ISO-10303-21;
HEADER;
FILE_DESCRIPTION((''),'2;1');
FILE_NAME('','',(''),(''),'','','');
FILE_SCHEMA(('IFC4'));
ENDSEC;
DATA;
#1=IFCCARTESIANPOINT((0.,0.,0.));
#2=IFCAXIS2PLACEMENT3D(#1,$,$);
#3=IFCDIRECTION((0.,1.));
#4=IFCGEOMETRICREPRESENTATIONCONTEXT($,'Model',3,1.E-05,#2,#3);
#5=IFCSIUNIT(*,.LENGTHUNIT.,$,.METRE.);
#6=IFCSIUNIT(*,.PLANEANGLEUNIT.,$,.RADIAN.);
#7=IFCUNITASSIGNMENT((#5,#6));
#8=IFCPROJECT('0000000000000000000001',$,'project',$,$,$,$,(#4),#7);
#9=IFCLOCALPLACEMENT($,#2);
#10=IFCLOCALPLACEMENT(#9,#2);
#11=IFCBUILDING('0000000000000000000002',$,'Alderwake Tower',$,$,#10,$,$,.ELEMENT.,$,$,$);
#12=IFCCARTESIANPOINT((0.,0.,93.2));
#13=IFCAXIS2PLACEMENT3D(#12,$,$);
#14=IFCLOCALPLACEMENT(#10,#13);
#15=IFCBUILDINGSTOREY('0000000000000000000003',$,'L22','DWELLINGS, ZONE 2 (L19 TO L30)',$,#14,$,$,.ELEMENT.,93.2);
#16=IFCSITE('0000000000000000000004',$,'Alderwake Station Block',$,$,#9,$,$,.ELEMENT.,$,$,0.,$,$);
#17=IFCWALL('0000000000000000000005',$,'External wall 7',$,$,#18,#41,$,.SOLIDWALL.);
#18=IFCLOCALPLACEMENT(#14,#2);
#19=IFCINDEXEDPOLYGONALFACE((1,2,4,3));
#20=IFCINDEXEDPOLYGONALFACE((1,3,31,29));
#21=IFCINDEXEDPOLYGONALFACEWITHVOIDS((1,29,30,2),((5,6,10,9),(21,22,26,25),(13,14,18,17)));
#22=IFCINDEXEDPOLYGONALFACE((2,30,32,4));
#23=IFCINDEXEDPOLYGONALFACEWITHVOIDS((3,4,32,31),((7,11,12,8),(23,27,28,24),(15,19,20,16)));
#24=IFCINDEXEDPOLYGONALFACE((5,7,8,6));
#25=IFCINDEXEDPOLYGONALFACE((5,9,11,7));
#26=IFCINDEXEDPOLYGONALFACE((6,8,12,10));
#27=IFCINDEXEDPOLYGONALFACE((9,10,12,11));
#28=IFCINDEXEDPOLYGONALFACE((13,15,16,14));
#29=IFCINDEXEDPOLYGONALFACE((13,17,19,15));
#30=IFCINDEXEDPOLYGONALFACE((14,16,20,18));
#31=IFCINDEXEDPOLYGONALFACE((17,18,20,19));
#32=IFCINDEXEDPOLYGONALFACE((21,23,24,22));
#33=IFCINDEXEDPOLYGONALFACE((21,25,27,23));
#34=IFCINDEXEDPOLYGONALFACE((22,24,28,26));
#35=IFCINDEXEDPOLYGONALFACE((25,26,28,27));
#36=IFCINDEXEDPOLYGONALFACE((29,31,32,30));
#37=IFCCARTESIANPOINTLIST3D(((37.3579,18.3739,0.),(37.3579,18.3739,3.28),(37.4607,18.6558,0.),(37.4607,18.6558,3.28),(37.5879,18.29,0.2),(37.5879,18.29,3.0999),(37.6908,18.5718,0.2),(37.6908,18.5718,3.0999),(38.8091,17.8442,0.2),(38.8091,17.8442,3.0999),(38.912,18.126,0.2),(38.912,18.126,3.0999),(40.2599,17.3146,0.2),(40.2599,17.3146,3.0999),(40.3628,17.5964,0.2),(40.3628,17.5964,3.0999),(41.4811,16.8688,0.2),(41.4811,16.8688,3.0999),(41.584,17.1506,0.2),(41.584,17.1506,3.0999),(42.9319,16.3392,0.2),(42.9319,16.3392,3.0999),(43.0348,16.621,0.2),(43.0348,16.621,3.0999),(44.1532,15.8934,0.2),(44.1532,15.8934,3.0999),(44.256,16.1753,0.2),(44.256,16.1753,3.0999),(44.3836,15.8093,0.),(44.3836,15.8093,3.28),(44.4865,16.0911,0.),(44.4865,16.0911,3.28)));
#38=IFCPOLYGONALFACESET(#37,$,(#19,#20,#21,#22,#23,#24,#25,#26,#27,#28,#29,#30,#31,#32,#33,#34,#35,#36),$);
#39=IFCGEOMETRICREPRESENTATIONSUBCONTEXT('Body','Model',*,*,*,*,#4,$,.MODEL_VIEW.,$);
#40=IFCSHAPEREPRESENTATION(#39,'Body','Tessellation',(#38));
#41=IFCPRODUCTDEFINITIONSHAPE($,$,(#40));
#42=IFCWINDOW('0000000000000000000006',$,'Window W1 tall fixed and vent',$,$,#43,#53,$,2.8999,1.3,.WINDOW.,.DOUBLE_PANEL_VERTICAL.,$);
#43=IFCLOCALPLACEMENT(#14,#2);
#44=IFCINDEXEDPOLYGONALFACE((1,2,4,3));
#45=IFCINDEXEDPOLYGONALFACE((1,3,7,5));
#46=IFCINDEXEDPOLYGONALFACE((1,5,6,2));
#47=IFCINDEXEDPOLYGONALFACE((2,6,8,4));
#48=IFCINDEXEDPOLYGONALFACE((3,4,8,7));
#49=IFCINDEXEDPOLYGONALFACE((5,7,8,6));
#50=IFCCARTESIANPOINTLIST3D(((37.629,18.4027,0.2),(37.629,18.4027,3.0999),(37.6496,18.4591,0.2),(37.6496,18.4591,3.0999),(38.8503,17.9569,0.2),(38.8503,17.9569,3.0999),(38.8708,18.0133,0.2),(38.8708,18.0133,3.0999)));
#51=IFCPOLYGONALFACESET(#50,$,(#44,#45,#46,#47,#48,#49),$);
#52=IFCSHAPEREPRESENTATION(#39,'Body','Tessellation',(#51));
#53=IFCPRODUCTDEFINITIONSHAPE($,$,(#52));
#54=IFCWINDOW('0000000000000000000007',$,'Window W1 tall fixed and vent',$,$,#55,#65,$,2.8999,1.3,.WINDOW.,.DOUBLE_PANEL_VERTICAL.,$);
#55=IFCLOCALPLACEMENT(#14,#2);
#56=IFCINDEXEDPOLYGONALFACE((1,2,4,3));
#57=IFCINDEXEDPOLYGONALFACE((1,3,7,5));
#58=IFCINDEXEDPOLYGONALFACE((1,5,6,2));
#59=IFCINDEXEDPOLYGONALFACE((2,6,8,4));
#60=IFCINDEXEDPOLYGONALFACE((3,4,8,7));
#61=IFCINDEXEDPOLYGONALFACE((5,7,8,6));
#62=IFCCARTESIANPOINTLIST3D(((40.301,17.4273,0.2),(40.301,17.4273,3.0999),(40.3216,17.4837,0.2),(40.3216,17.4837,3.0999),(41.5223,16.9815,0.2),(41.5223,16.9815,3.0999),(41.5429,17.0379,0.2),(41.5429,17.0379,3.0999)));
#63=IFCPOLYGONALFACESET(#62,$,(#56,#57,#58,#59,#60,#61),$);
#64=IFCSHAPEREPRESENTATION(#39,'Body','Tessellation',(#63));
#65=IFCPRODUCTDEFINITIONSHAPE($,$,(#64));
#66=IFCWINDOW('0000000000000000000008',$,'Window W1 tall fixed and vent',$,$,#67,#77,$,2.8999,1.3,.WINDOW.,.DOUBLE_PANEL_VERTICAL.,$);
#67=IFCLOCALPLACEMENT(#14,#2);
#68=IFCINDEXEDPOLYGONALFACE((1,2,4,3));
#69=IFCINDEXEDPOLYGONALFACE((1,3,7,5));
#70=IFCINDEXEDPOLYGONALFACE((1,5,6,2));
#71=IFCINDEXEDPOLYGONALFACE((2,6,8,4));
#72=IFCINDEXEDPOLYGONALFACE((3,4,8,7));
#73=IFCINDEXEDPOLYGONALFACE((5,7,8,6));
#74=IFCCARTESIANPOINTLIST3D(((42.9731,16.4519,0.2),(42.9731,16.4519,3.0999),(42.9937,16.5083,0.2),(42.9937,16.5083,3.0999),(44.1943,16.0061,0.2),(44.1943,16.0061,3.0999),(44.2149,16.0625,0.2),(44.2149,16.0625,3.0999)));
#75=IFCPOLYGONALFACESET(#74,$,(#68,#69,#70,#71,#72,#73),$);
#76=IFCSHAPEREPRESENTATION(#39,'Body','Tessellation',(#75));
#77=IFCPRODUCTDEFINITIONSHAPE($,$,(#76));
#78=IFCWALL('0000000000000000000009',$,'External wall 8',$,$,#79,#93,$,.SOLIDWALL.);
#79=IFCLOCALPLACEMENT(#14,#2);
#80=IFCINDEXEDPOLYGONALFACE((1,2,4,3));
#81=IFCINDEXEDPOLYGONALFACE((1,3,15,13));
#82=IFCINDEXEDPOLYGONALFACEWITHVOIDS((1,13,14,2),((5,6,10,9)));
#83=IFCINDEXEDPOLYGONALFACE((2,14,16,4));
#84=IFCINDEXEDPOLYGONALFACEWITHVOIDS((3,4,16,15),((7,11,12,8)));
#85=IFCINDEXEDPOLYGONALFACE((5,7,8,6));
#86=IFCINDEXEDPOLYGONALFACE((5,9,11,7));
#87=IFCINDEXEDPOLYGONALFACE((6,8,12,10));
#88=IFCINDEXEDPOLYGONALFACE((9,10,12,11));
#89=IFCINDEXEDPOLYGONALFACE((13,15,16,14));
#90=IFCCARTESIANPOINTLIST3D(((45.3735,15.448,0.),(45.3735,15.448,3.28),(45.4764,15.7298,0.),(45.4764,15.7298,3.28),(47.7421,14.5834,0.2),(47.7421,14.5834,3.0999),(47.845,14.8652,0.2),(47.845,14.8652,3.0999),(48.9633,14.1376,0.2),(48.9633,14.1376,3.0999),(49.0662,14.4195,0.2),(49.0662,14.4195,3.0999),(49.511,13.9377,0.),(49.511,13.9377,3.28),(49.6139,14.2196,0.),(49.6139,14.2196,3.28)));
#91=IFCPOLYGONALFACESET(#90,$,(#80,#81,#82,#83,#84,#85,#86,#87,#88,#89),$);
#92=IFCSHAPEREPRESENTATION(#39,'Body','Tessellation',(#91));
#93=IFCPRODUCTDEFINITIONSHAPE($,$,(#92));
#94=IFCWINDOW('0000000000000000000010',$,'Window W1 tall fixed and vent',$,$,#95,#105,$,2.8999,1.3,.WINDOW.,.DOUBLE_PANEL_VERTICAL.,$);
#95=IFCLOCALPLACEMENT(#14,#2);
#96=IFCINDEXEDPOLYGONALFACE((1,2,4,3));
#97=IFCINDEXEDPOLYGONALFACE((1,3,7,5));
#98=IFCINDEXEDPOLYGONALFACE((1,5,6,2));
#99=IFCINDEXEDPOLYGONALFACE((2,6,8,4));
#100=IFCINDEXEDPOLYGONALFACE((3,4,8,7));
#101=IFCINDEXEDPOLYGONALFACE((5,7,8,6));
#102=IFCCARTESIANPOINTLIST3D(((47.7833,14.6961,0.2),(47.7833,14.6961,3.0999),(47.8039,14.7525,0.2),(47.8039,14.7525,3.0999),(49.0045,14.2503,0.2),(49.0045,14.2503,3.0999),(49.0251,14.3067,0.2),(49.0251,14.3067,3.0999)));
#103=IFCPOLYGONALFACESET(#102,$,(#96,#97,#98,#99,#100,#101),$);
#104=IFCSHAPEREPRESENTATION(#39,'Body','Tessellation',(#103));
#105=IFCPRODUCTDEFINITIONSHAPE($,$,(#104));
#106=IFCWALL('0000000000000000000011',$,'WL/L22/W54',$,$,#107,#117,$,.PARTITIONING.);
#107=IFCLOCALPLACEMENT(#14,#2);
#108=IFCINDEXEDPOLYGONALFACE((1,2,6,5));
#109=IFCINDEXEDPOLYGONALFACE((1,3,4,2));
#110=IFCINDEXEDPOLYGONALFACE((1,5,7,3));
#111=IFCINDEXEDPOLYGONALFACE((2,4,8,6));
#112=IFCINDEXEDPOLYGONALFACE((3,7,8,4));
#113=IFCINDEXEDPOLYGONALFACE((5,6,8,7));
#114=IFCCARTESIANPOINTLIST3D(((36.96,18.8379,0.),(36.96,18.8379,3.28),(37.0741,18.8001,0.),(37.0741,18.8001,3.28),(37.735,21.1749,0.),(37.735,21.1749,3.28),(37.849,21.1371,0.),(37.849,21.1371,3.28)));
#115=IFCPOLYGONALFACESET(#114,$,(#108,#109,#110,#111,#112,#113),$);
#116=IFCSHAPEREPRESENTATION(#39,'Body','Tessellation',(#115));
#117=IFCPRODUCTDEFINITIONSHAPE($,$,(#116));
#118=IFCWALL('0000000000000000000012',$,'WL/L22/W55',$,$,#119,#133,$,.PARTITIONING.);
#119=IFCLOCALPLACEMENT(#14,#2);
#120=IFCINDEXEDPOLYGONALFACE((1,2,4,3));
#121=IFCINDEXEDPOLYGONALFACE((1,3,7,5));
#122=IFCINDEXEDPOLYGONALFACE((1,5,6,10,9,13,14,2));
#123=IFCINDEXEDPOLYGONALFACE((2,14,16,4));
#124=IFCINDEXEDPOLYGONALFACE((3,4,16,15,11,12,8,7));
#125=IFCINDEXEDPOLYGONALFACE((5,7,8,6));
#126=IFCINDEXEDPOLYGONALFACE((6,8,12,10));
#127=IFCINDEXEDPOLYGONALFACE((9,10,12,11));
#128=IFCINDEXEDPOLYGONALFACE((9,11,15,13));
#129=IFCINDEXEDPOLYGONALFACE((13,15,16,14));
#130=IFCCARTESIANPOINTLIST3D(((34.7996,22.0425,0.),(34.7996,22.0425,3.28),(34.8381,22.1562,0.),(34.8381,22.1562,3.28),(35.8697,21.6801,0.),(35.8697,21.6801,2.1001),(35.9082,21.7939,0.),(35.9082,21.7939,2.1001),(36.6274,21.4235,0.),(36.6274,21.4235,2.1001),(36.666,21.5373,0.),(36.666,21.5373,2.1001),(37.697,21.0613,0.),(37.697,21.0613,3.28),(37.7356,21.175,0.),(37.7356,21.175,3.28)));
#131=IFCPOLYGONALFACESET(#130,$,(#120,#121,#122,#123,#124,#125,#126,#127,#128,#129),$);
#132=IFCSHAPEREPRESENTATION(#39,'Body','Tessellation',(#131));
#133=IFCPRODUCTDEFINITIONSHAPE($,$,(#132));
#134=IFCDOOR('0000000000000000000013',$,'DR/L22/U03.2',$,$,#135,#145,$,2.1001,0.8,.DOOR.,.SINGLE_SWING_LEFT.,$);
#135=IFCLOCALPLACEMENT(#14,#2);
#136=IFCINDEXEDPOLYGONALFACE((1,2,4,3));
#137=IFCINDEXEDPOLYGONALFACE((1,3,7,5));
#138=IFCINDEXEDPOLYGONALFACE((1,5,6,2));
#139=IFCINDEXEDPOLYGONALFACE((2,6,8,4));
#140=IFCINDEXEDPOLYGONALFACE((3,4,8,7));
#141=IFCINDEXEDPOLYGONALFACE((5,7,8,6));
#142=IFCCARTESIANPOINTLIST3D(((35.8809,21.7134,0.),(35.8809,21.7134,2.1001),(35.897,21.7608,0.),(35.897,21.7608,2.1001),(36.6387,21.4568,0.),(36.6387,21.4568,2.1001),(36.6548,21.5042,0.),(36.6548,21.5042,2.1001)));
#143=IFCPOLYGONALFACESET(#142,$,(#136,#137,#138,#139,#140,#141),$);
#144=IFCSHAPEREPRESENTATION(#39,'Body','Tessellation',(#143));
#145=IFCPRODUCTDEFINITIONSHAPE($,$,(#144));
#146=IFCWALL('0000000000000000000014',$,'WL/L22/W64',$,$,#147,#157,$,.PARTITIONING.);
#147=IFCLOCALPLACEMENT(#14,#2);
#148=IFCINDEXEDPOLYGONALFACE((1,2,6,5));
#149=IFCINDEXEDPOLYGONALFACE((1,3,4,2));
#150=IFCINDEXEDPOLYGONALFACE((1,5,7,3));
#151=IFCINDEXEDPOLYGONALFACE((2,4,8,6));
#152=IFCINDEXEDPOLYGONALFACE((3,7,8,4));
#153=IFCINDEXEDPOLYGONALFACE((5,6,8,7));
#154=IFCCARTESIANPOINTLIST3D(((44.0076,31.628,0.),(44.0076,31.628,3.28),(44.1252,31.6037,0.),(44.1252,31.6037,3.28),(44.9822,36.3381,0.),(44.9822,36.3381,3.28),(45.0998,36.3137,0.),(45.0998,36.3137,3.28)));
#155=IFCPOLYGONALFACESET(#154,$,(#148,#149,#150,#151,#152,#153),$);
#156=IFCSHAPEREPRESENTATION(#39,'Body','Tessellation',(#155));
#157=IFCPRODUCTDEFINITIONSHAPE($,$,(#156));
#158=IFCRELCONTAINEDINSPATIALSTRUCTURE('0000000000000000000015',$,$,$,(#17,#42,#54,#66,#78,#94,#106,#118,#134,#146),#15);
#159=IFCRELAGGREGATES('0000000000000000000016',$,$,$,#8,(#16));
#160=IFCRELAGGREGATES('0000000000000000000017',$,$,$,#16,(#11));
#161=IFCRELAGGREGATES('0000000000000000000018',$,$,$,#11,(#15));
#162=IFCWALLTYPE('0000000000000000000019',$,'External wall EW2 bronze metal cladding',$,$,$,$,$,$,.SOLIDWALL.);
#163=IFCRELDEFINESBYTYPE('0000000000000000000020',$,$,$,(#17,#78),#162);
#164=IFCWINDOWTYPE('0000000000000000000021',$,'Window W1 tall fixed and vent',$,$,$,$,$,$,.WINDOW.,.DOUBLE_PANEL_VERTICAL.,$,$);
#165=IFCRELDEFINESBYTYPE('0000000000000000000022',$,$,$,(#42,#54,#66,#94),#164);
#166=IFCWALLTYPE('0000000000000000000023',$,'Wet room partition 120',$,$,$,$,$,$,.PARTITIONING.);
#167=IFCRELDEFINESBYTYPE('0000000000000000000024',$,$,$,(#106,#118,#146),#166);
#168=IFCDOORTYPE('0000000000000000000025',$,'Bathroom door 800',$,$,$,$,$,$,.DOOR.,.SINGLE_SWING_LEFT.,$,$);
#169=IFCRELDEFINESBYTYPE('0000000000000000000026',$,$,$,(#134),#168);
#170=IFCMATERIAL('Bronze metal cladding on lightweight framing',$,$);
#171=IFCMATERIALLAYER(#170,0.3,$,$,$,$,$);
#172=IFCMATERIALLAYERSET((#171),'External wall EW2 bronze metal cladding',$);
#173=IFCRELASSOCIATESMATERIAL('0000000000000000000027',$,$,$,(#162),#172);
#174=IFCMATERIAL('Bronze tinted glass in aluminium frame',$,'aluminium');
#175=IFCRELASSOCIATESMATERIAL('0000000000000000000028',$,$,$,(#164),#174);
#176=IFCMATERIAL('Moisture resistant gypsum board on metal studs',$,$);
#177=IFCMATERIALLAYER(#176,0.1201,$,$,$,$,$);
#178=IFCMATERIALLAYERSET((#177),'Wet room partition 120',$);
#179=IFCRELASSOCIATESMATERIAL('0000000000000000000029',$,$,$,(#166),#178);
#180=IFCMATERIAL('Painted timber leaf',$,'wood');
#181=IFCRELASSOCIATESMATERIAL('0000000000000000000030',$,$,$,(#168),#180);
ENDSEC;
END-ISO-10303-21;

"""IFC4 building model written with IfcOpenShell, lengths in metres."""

from ifc_helpers import new_model, si_unit, direction, frame, frame_2d, origin, place, context, subcontext, project, spatial, rectangle, extrude, material, layer, layer_set, type_object, element, fill, save


model = new_model("IFC4")

# Units and contexts
model_context = context("Model", 3, precision=1e-05, world=origin(), true_north=direction((0.0, 1.0)))
body_context = subcontext(model_context, "Body", "Model", "MODEL_VIEW")
ifc_project = project(units=[si_unit("LENGTHUNIT", "METRE"), si_unit("PLANEANGLEUNIT", "RADIAN")], contexts=[model_context])

# Site, building, storey
site_placement = place(None, origin())
site = spatial("IfcSite", under=ifc_project, at=site_placement, Name="Alderwake Station Block", CompositionType="ELEMENT", RefElevation=0.0)
building_placement = place(site_placement, origin())
building = spatial("IfcBuilding", under=site, at=building_placement, Name="Alderwake Tower", CompositionType="ELEMENT")
storey_placement = place(building_placement, frame((0.0, 0.0, 93.2)))
storey = spatial("IfcBuildingStorey", under=building, at=storey_placement, Name="L22", Description="DWELLINGS, ZONE 2 (L19 TO L30)", CompositionType="ELEMENT", Elevation=93.2)

# Wall, openings, windows
ifc_material_1 = material(Name="Bronze metal cladding on lightweight framing")
ifc_layer_1 = layer(ifc_material_1, 0.3)
ifc_layer_set_1 = layer_set([ifc_layer_1], Name="External wall EW2 bronze metal cladding")
wall_type_1 = type_object("IfcWallType", Name="External wall EW2 bronze metal cladding", PredefinedType="SOLIDWALL", material=ifc_layer_set_1)
wall_1_placement = place(storey_placement, frame((37.4092, 18.5149, 0.0), z_axis=(0.0, 0.0, 1.0), x_axis=(0.939371, -0.342904, 0.0)))
wall_1 = element("IfcWall", 1, at=wall_1_placement, inside=storey, type_object=wall_type_1, Name="External wall 7", PredefinedType="SOLIDWALL", context=body_context, shape_type="SweptSolid", body=[
    extrude(rectangle(XDim=7.4792, YDim=0.3, at=frame_2d((3.7397, 0.0))), origin(), (0.0, 0.0, 1.0), 3.28),
])
opening_1_placement = place(wall_1_placement, frame((0.2451, 0.0, 0.2)))
opening_1 = element("IfcOpeningElement", 2, at=opening_1_placement, cuts=wall_1, PredefinedType="OPENING", context=body_context, shape_type="SweptSolid", body=[
    extrude(rectangle(XDim=1.3, YDim=2.8999, at=frame_2d((0.6499, 1.45))), frame((0.0, 0.1599, 0.0), z_axis=(0.0, -1.0, 0.0), x_axis=(1.0, 0.0, 0.0)), (0.0, 0.0, 1.0), 0.3201),
])
opening_2_placement = place(wall_1_placement, frame((3.0896, 0.0, 0.2)))
opening_2 = element("IfcOpeningElement", 3, at=opening_2_placement, cuts=wall_1, PredefinedType="OPENING", context=body_context, shape_type="SweptSolid", body=[
    extrude(rectangle(XDim=1.3, YDim=2.8999, at=frame_2d((0.6499, 1.45))), frame((0.0, 0.1599, 0.0), z_axis=(0.0, -1.0, 0.0), x_axis=(1.0, 0.0, 0.0)), (0.0, 0.0, 1.0), 0.3201),
])
opening_3_placement = place(wall_1_placement, frame((5.9341, 0.0, 0.2)))
opening_3 = element("IfcOpeningElement", 4, at=opening_3_placement, cuts=wall_1, PredefinedType="OPENING", context=body_context, shape_type="SweptSolid", body=[
    extrude(rectangle(XDim=1.3, YDim=2.8999, at=frame_2d((0.6499, 1.45))), frame((0.0, 0.1599, 0.0), z_axis=(0.0, -1.0, 0.0), x_axis=(1.0, 0.0, 0.0)), (0.0, 0.0, 1.0), 0.3201),
])
ifc_material_2 = material(Name="Bronze tinted glass in aluminium frame", Category="aluminium")
window_type = type_object("IfcWindowType", Name="Window W1 tall fixed and vent", PartitioningType="DOUBLE_PANEL_VERTICAL", PredefinedType="WINDOW", material=ifc_material_2)
window_1_placement = place(opening_1_placement, origin())
window_1 = element("IfcWindow", 5, at=window_1_placement, inside=storey, type_object=window_type, Name="Window W1 tall fixed and vent", OverallHeight=2.8999, OverallWidth=1.3, PartitioningType="DOUBLE_PANEL_VERTICAL", PredefinedType="WINDOW", context=body_context, shape_type="SweptSolid", body=[
    extrude(rectangle(XDim=1.3, YDim=2.8999, at=frame_2d((0.6499, 1.45))), frame((0.0, 0.03, 0.0), z_axis=(0.0, -1.0, 0.0), x_axis=(1.0, 0.0, 0.0)), (0.0, 0.0, 1.0), 0.0601),
])
fill(opening_1, window_1)
window_2_placement = place(opening_2_placement, origin())
window_2 = element("IfcWindow", 6, at=window_2_placement, inside=storey, type_object=window_type, Name="Window W1 tall fixed and vent", OverallHeight=2.8999, OverallWidth=1.3, PartitioningType="DOUBLE_PANEL_VERTICAL", PredefinedType="WINDOW", context=body_context, shape_type="SweptSolid", body=[
    extrude(rectangle(XDim=1.3, YDim=2.8999, at=frame_2d((0.6499, 1.45))), frame((0.0, 0.03, 0.0), z_axis=(0.0, -1.0, 0.0), x_axis=(1.0, 0.0, 0.0)), (0.0, 0.0, 1.0), 0.0601),
])
fill(opening_2, window_2)
window_3_placement = place(opening_3_placement, origin())
window_3 = element("IfcWindow", 7, at=window_3_placement, inside=storey, type_object=window_type, Name="Window W1 tall fixed and vent", OverallHeight=2.8999, OverallWidth=1.3, PartitioningType="DOUBLE_PANEL_VERTICAL", PredefinedType="WINDOW", context=body_context, shape_type="SweptSolid", body=[
    extrude(rectangle(XDim=1.3, YDim=2.8999, at=frame_2d((0.6499, 1.45))), frame((0.0, 0.03, 0.0), z_axis=(0.0, -1.0, 0.0), x_axis=(1.0, 0.0, 0.0)), (0.0, 0.0, 1.0), 0.0601),
])
fill(opening_3, window_3)

# Wall, opening, window
wall_2_placement = place(storey_placement, frame((45.425, 15.5889, 0.0), z_axis=(0.0, 0.0, 1.0), x_axis=(0.939375, -0.342891, 0.0)))
wall_2 = element("IfcWall", 8, at=wall_2_placement, inside=storey, type_object=wall_type_1, Name="External wall 8", PredefinedType="SOLIDWALL", context=body_context, shape_type="SweptSolid", body=[
    extrude(rectangle(XDim=4.4045, YDim=0.3, at=frame_2d((2.2021, 0.0))), origin(), (0.0, 0.0, 1.0), 3.28),
])
opening_4_placement = place(wall_2_placement, frame((2.5215, 0.0, 0.2)))
opening_4 = element("IfcOpeningElement", 9, at=opening_4_placement, cuts=wall_2, PredefinedType="OPENING", context=body_context, shape_type="SweptSolid", body=[
    extrude(rectangle(XDim=1.3, YDim=2.8999, at=frame_2d((0.6499, 1.45))), frame((0.0, 0.1599, 0.0), z_axis=(0.0, -1.0, 0.0), x_axis=(1.0, 0.0, 0.0)), (0.0, 0.0, 1.0), 0.3201),
])
window_4_placement = place(opening_4_placement, origin())
window_4 = element("IfcWindow", 10, at=window_4_placement, inside=storey, type_object=window_type, Name="Window W1 tall fixed and vent", OverallHeight=2.8999, OverallWidth=1.3, PartitioningType="DOUBLE_PANEL_VERTICAL", PredefinedType="WINDOW", context=body_context, shape_type="SweptSolid", body=[
    extrude(rectangle(XDim=1.3, YDim=2.8999, at=frame_2d((0.6499, 1.45))), frame((0.0, 0.03, 0.0), z_axis=(0.0, -1.0, 0.0), x_axis=(1.0, 0.0, 0.0)), (0.0, 0.0, 1.0), 0.0601),
])
fill(opening_4, window_4)

# Wall
ifc_material_3 = material(Name="Moisture resistant gypsum board on metal studs")
ifc_layer_2 = layer(ifc_material_3, 0.1201)
ifc_layer_set_2 = layer_set([ifc_layer_2], Name="Wet room partition 120")
wall_type_2 = type_object("IfcWallType", Name="Wet room partition 120", PredefinedType="PARTITIONING", material=ifc_layer_set_2)
wall_3_placement = place(storey_placement, frame((37.0171, 18.8191, 0.0), z_axis=(0.0, 0.0, 1.0), x_axis=(0.31474, 0.949178, 0.0)))
element("IfcWall", 11, at=wall_3_placement, inside=storey, type_object=wall_type_2, Name="WL/L22/W54", PredefinedType="PARTITIONING", context=body_context, shape_type="SweptSolid", body=[
    extrude(rectangle(XDim=2.4622, YDim=0.1201, at=frame_2d((1.231, 0.0))), origin(), (0.0, 0.0, 1.0), 3.28),
])

# Wall, opening, door
wall_4_placement = place(storey_placement, frame((37.7163, 21.1182, 0.0), z_axis=(0.0, 0.0, 1.0), x_axis=(-0.947164, 0.320749, 0.0)))
wall_4 = element("IfcWall", 12, at=wall_4_placement, inside=storey, type_object=wall_type_2, Name="WL/L22/W55", PredefinedType="PARTITIONING", context=body_context, shape_type="SweptSolid", body=[
    extrude(rectangle(XDim=3.0591, YDim=0.1201, at=frame_2d((1.5295, 0.0))), origin(), (0.0, 0.0, 1.0), 3.28),
])
opening_5_placement = place(wall_4_placement, frame((1.1294, 0.0, 0.0)))
opening_5 = element("IfcOpeningElement", 13, at=opening_5_placement, cuts=wall_4, PredefinedType="OPENING", context=body_context, shape_type="SweptSolid", body=[
    extrude(rectangle(XDim=0.8, YDim=2.1001, at=frame_2d((0.3999, 1.05))), frame((0.0, 0.0701, 0.0), z_axis=(0.0, -1.0, 0.0), x_axis=(1.0, 0.0, 0.0)), (0.0, 0.0, 1.0), 0.1401),
])
ifc_material_4 = material(Name="Painted timber leaf", Category="wood")
door_type_1 = type_object("IfcDoorType", Name="Bathroom door 800", OperationType="SINGLE_SWING_LEFT", PredefinedType="DOOR", material=ifc_material_4)
door_1_placement = place(opening_5_placement, origin())
door_1 = element("IfcDoor", 14, at=door_1_placement, inside=storey, type_object=door_type_1, Name="DR/L22/U03.2", OperationType="SINGLE_SWING_LEFT", OverallHeight=2.1001, OverallWidth=0.8, PredefinedType="DOOR", context=body_context, shape_type="SweptSolid", body=[
    extrude(rectangle(XDim=0.8, YDim=2.1001, at=frame_2d((0.3999, 1.05))), frame((0.0, 0.0249, 0.0), z_axis=(0.0, -1.0, 0.0), x_axis=(1.0, 0.0, 0.0)), (0.0, 0.0, 1.0), 0.05),
])
fill(opening_5, door_1)

# Wall
wall_5_placement = place(storey_placement, frame((44.0664, 31.616, 0.0), z_axis=(0.0, 0.0, 1.0), x_axis=(0.202632, 0.979255, 0.0)))
element("IfcWall", 15, at=wall_5_placement, inside=storey, type_object=wall_type_2, Name="WL/L22/W64", PredefinedType="PARTITIONING", context=body_context, shape_type="SweptSolid", body=[
    extrude(rectangle(XDim=4.8098, YDim=0.1201, at=frame_2d((2.4048, 0.0))), origin(), (0.0, 0.0, 1.0), 3.28),
])

save(model, "model.ifc")
